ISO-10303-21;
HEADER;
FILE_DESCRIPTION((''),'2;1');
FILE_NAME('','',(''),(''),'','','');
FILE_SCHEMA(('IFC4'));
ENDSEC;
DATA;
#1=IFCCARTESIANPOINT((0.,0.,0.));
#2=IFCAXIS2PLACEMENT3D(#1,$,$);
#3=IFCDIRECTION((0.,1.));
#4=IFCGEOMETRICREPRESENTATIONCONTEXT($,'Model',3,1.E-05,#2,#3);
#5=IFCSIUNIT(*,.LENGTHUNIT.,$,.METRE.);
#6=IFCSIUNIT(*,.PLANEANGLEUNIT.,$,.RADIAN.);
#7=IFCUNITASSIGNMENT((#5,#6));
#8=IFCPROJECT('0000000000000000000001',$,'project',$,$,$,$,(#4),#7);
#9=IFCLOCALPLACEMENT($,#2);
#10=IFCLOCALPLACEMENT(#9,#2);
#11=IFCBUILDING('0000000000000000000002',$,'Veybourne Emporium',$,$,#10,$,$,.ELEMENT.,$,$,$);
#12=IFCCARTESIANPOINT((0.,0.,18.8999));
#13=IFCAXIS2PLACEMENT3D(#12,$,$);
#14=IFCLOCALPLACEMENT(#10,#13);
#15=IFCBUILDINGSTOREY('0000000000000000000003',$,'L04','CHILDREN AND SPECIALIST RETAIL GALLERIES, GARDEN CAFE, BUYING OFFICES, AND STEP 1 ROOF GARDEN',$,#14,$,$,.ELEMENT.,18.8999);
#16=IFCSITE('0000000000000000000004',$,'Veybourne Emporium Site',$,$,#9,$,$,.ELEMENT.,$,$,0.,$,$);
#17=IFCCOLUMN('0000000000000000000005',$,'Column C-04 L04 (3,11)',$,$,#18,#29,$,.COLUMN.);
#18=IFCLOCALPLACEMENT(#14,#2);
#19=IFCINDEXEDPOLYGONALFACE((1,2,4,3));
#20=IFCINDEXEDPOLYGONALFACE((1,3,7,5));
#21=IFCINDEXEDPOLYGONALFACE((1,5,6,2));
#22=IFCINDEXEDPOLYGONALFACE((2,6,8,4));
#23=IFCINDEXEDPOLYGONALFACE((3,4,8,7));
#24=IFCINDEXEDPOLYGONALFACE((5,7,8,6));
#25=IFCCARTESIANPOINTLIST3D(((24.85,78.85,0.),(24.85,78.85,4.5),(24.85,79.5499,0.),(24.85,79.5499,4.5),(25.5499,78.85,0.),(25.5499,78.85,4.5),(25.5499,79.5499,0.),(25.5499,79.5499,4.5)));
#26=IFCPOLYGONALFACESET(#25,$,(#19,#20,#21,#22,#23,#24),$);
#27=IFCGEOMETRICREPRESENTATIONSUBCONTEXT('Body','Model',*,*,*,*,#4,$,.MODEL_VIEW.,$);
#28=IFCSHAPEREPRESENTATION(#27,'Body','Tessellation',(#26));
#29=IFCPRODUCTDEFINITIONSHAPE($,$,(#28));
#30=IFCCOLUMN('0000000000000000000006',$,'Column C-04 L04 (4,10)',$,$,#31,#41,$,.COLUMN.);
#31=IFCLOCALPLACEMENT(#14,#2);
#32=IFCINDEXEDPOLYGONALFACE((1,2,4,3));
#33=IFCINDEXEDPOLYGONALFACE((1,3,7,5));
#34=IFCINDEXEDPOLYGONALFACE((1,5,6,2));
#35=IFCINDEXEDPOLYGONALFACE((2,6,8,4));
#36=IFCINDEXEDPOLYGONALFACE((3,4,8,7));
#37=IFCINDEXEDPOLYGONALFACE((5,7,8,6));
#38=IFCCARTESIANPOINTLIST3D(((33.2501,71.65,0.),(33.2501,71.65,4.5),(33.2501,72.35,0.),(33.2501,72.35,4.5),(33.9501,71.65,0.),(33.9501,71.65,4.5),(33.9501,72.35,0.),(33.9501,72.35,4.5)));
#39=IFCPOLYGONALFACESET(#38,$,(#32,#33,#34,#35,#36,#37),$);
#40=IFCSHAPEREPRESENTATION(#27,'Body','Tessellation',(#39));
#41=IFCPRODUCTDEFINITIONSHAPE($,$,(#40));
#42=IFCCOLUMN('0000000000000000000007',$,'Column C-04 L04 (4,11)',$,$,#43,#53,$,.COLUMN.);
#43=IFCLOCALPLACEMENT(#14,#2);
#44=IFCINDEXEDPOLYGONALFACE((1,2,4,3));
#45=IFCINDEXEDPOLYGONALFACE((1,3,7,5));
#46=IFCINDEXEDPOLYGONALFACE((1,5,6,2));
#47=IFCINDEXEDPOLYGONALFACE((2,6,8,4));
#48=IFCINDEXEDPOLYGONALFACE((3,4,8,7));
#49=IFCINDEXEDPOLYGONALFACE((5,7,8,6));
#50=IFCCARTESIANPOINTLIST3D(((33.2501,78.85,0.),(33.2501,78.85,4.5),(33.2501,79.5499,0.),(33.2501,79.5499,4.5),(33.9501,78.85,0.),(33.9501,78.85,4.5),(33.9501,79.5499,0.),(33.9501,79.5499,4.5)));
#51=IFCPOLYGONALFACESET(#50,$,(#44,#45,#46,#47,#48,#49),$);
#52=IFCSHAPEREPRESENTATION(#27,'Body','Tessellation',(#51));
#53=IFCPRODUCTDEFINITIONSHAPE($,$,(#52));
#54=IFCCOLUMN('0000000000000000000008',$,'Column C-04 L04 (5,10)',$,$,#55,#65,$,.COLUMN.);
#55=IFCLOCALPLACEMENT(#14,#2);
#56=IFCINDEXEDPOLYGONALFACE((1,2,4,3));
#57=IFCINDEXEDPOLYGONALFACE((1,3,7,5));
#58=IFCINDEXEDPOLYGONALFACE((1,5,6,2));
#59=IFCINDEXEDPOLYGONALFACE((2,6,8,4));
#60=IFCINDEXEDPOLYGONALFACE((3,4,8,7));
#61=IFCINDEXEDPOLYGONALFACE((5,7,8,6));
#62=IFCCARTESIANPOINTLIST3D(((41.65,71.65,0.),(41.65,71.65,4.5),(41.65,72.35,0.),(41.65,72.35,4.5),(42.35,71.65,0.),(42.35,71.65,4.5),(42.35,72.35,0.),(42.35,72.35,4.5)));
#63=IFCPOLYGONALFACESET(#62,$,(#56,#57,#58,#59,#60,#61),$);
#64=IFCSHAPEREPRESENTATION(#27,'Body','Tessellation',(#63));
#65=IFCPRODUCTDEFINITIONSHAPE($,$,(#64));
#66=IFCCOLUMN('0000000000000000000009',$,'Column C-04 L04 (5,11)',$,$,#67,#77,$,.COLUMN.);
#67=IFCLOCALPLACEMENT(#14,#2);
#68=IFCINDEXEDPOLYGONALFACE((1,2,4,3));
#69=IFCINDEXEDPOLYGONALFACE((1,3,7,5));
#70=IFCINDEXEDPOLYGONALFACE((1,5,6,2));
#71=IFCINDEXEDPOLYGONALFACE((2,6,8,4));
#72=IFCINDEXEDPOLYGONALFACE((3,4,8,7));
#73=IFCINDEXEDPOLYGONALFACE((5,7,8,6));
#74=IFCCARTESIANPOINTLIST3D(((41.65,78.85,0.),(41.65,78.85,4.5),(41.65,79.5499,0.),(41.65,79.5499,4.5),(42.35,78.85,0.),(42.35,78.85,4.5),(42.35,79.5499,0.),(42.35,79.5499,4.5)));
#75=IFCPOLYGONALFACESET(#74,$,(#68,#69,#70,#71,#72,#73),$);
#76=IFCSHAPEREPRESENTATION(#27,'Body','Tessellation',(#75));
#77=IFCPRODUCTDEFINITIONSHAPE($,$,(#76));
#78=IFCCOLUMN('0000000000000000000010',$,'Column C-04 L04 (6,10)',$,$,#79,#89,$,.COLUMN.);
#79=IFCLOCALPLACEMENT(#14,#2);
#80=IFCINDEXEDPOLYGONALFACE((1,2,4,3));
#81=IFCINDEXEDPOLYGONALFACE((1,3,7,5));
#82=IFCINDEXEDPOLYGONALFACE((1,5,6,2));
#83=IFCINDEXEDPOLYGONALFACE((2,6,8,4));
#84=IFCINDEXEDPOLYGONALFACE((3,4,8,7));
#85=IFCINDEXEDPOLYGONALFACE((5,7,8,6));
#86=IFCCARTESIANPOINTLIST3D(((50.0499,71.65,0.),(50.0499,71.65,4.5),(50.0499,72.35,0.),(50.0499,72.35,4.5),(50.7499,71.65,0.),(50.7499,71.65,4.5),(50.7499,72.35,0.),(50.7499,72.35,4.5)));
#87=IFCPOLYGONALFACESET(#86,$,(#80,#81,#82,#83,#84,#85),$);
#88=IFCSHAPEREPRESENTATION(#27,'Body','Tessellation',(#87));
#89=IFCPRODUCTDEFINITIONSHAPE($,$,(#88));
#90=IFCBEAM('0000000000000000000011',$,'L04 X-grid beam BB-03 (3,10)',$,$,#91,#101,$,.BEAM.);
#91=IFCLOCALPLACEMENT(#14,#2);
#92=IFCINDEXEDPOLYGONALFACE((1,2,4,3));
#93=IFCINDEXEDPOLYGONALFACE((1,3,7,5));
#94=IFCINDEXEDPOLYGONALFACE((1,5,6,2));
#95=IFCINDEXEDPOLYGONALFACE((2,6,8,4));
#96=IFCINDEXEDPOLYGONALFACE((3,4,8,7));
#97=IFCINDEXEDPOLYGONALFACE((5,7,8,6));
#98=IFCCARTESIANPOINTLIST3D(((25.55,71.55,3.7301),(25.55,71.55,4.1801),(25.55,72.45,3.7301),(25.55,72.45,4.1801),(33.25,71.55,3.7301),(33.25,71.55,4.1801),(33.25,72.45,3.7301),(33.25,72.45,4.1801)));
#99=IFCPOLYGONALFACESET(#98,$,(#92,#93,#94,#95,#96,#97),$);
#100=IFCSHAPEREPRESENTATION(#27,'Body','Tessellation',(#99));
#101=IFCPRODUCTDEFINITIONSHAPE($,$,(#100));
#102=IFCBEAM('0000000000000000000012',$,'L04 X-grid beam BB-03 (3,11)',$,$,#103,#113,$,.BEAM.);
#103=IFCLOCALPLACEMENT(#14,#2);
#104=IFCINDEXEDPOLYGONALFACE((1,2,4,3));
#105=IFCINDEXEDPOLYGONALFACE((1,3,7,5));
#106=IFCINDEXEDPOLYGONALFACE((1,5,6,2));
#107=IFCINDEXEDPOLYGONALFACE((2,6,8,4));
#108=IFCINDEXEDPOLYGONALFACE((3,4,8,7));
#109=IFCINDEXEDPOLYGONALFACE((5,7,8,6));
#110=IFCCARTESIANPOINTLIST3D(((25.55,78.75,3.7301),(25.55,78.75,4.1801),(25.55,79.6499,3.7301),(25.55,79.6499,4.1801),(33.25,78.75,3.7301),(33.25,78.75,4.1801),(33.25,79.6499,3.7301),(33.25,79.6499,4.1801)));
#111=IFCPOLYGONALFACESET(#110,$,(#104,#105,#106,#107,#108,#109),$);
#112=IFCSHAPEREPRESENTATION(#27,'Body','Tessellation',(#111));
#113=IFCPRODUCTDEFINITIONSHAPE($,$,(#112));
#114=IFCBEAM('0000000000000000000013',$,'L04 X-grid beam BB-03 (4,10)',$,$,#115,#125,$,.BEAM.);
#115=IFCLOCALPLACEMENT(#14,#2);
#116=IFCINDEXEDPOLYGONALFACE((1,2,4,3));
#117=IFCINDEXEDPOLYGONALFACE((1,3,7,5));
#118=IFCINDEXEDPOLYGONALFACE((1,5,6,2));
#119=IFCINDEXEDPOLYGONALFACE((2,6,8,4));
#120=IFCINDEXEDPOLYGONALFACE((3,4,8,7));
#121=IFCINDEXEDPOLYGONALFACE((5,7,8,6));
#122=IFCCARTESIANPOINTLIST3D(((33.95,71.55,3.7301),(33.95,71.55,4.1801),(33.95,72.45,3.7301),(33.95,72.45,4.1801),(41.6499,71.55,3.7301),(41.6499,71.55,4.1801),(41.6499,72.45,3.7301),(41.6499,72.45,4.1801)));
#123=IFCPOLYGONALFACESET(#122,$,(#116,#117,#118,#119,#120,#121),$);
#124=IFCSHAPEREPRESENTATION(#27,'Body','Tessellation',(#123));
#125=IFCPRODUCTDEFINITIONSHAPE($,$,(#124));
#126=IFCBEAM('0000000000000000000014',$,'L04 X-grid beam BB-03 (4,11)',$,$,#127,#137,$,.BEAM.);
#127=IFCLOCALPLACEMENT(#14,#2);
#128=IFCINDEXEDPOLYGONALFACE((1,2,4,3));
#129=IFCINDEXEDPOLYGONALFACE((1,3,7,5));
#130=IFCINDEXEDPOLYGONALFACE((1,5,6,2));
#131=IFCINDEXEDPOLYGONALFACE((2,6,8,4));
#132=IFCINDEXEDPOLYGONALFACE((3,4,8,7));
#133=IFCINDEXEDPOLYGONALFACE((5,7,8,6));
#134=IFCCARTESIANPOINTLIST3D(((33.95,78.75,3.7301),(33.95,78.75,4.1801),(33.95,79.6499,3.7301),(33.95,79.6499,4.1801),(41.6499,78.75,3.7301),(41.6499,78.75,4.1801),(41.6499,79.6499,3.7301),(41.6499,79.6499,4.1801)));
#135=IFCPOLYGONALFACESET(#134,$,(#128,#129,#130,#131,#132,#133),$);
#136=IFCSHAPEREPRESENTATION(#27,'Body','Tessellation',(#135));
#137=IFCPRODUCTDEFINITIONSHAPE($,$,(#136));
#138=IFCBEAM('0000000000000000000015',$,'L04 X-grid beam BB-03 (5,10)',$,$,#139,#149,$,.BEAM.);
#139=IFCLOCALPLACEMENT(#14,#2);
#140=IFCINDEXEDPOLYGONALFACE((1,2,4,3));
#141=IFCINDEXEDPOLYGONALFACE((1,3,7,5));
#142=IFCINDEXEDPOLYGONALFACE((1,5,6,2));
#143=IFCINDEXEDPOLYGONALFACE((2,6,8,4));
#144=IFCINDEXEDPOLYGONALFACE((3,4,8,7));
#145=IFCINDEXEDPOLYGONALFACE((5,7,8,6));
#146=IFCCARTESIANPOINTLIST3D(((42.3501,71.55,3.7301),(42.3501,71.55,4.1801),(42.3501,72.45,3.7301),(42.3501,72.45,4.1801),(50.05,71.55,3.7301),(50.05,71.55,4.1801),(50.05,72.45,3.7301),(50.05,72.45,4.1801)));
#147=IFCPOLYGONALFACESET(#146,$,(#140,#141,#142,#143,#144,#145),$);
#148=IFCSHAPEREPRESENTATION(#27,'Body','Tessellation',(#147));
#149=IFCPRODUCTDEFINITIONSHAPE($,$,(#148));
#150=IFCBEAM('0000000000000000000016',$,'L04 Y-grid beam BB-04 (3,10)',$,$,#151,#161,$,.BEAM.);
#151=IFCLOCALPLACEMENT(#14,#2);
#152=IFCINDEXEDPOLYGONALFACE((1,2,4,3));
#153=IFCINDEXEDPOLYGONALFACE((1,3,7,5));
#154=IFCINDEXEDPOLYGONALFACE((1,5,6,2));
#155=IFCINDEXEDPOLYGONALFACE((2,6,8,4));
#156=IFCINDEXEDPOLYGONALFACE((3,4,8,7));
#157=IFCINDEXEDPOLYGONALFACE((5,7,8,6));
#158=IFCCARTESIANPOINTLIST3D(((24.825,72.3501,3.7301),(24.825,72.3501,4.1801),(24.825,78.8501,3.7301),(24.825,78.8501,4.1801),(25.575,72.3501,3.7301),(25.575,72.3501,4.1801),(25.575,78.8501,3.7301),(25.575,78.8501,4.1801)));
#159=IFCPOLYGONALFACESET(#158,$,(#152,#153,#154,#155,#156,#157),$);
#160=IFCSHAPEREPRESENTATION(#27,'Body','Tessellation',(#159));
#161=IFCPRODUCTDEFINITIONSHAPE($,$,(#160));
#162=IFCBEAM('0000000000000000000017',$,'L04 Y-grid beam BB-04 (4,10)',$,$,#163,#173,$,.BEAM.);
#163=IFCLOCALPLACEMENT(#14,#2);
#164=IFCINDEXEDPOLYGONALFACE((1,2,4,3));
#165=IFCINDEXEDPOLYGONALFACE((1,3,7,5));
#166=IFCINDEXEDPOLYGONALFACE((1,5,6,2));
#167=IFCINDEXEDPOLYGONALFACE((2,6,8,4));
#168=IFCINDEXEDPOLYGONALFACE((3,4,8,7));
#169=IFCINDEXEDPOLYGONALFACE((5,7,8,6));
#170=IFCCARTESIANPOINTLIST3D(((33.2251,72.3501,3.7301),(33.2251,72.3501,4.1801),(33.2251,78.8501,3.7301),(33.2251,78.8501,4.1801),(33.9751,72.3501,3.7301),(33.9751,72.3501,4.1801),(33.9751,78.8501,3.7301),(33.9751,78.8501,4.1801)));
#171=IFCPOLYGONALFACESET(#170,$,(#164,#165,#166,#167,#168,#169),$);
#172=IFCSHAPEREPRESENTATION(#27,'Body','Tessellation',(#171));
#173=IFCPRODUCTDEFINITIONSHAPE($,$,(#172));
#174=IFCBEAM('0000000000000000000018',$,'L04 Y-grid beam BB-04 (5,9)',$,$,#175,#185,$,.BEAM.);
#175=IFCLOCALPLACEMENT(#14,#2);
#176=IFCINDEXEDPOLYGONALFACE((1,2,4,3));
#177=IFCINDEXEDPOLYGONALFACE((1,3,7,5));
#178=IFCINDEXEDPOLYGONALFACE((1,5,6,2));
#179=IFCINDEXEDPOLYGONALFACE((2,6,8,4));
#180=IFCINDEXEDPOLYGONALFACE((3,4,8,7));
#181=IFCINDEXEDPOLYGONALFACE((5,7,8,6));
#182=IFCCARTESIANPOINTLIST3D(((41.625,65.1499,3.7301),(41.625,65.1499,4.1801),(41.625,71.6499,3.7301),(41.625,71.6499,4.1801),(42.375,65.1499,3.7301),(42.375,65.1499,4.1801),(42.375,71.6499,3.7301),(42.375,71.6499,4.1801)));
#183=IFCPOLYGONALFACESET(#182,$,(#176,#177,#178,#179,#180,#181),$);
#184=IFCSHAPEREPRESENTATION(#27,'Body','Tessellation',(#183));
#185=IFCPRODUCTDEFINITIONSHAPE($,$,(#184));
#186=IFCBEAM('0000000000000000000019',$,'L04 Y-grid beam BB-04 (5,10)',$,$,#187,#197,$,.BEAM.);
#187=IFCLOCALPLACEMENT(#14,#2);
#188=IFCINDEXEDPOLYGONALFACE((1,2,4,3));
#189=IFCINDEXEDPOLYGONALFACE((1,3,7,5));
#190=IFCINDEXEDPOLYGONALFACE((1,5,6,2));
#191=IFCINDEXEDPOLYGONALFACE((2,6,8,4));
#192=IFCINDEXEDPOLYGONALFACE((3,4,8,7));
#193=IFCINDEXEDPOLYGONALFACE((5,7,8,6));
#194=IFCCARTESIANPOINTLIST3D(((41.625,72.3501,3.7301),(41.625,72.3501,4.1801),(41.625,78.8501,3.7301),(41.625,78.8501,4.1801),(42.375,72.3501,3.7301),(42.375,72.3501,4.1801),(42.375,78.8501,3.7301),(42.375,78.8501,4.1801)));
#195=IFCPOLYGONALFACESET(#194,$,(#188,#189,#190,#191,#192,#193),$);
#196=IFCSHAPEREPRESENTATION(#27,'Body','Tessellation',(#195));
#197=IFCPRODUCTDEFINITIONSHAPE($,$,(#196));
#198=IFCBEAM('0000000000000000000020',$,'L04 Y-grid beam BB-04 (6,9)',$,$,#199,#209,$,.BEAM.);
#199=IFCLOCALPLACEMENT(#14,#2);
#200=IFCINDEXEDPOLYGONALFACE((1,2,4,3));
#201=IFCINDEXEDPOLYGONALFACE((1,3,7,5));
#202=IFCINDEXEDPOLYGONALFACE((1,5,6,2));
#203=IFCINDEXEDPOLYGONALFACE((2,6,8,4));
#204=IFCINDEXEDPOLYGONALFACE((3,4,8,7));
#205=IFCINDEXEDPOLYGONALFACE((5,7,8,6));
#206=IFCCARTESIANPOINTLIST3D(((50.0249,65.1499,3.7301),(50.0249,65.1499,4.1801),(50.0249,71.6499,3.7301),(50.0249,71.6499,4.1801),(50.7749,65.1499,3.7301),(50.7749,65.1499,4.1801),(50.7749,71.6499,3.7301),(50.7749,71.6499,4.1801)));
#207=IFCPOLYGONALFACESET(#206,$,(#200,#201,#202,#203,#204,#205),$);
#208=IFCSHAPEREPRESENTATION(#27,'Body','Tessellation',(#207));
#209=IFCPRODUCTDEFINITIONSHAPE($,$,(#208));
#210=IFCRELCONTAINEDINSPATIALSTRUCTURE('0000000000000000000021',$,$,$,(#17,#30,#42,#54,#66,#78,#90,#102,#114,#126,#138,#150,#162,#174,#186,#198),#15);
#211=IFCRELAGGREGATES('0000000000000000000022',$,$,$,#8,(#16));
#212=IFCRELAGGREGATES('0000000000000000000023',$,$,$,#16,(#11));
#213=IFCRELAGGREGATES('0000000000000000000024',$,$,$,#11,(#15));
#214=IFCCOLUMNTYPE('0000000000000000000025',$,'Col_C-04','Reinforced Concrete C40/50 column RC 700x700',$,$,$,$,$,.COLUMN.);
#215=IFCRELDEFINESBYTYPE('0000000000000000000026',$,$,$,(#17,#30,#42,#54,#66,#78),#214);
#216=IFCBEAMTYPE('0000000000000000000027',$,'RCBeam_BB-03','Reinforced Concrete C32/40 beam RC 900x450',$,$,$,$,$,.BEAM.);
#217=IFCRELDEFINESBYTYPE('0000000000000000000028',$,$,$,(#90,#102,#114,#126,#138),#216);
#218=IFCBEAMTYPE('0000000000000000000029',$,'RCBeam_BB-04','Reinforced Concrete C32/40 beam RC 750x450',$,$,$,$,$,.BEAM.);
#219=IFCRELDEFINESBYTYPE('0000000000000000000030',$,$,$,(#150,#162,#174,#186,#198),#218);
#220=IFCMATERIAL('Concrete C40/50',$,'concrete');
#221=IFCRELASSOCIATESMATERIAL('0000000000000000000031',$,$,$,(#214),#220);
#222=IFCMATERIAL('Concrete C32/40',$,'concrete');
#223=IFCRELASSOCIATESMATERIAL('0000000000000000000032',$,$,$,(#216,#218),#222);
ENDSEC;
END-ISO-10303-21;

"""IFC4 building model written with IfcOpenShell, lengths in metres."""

from ifc_helpers import new_model, si_unit, direction, frame, origin, origin_2d, place, context, subcontext, project, spatial, rectangle, extrude, material, material_profile, profile_set, type_object, element, save


model = new_model("IFC4")

# Units and contexts
model_context = context("Model", 3, precision=1e-05, world=origin(), true_north=direction((0.0, 1.0)))
body_context = subcontext(model_context, "Body", "Model", "MODEL_VIEW")
ifc_project = project(units=[si_unit("LENGTHUNIT", "METRE"), si_unit("PLANEANGLEUNIT", "RADIAN")], contexts=[model_context])

# Site, building, storey
site_placement = place(None, origin())
site = spatial("IfcSite", under=ifc_project, at=site_placement, Name="Veybourne Emporium Site", CompositionType="ELEMENT", RefElevation=0.0)
building_placement = place(site_placement, origin())
building = spatial("IfcBuilding", under=site, at=building_placement, Name="Veybourne Emporium", CompositionType="ELEMENT")
storey_placement = place(building_placement, frame((0.0, 0.0, 18.8999)))
storey = spatial("IfcBuildingStorey", under=building, at=storey_placement, Name="L04", Description="CHILDREN AND SPECIALIST RETAIL GALLERIES, GARDEN CAFE, BUYING OFFICES, AND STEP 1 ROOF GARDEN", CompositionType="ELEMENT", Elevation=18.8999)

# Columns
ifc_material_1 = material(Name="Concrete C40/50", Category="concrete")
ifc_material_profile_1 = material_profile(ifc_material_1, rectangle(XDim=0.7, YDim=0.7, at=origin_2d()), Name="RC 700x700")
ifc_profile_set_1 = profile_set([ifc_material_profile_1], Name="Concrete C40/50")
column_type = type_object("IfcColumnType", Name="Col_C-04", Description="Reinforced Concrete C40/50 column RC 700x700", PredefinedType="COLUMN", material=ifc_profile_set_1)
for number, where, z_axis, x_axis, name in (
    (1, (25.2, 79.2, 0.0), (0.0, 0.0, 1.0), (1.0, 0.0, 0.0), "Column C-04 L04 (3,11)"),
    (2, (33.6001, 72.0, 0.0), (0.0, 0.0, 1.0), (1.0, 0.0, 0.0), "Column C-04 L04 (4,10)"),
    (3, (33.6001, 79.2, 0.0), (0.0, 0.0, 1.0), (1.0, 0.0, 0.0), "Column C-04 L04 (4,11)"),
    (4, (42.0, 72.0, 0.0), (0.0, 0.0, 1.0), (1.0, 0.0, 0.0), "Column C-04 L04 (5,10)"),
    (5, (42.0, 79.2, 0.0), (0.0, 0.0, 1.0), (1.0, 0.0, 0.0), "Column C-04 L04 (5,11)"),
    (6, (50.3999, 72.0, 0.0), (0.0, 0.0, 1.0), (1.0, 0.0, 0.0), "Column C-04 L04 (6,10)"),
):
    element("IfcColumn", number, at=place(storey_placement, frame(where, z_axis=z_axis, x_axis=x_axis)), inside=storey, type_object=column_type, Name=name, PredefinedType="COLUMN", context=body_context, shape_type="SweptSolid", body=[
        extrude(rectangle(XDim=0.7, YDim=0.7, at=origin_2d()), origin(), (0.0, 0.0, 1.0), 4.5),
    ])

# Beams
ifc_material_2 = material(Name="Concrete C32/40", Category="concrete")
ifc_material_profile_2 = material_profile(ifc_material_2, rectangle(XDim=0.8999, YDim=0.45, at=origin_2d()), Name="RC 900x450")
ifc_profile_set_2 = profile_set([ifc_material_profile_2], Name="Concrete C32/40")
beam_type_1 = type_object("IfcBeamType", Name="RCBeam_BB-03", Description="Reinforced Concrete C32/40 beam RC 900x450", PredefinedType="BEAM", material=ifc_profile_set_2)
for number, where, z_axis, x_axis, name in (
    (7, (25.55, 72.0, 3.9551), (1.0, 0.0, 0.0), (0.0, 1.0, 0.0), "L04 X-grid beam BB-03 (3,10)"),
    (8, (25.55, 79.2, 3.9551), (1.0, 0.0, 0.0), (0.0, 1.0, 0.0), "L04 X-grid beam BB-03 (3,11)"),
    (9, (33.95, 72.0, 3.9551), (1.0, 0.0, 0.0), (0.0, 1.0, 0.0), "L04 X-grid beam BB-03 (4,10)"),
    (10, (33.95, 79.2, 3.9551), (1.0, 0.0, 0.0), (0.0, 1.0, 0.0), "L04 X-grid beam BB-03 (4,11)"),
    (11, (42.3501, 72.0, 3.9551), (1.0, 0.0, 0.0), (0.0, 1.0, 0.0), "L04 X-grid beam BB-03 (5,10)"),
):
    element("IfcBeam", number, at=place(storey_placement, frame(where, z_axis=z_axis, x_axis=x_axis)), inside=storey, type_object=beam_type_1, Name=name, PredefinedType="BEAM", context=body_context, shape_type="SweptSolid", body=[
        extrude(rectangle(XDim=0.8999, YDim=0.45, at=origin_2d()), origin(), (0.0, 0.0, 1.0), 7.7),
    ])
ifc_material_profile_3 = material_profile(ifc_material_2, rectangle(XDim=0.75, YDim=0.45, at=origin_2d()), Name="RC 750x450")
ifc_profile_set_3 = profile_set([ifc_material_profile_3], Name="Concrete C32/40")
beam_type_2 = type_object("IfcBeamType", Name="RCBeam_BB-04", Description="Reinforced Concrete C32/40 beam RC 750x450", PredefinedType="BEAM", material=ifc_profile_set_3)
for number, where, z_axis, x_axis, name in (
    (12, (25.2, 72.3501, 3.9551), (0.0, 1.0, 0.0), (-1.0, 0.0, 0.0), "L04 Y-grid beam BB-04 (3,10)"),
    (13, (33.6001, 72.3501, 3.9551), (0.0, 1.0, 0.0), (-1.0, 0.0, 0.0), "L04 Y-grid beam BB-04 (4,10)"),
    (14, (42.0, 65.1499, 3.9551), (0.0, 1.0, 0.0), (-1.0, 0.0, 0.0), "L04 Y-grid beam BB-04 (5,9)"),
    (15, (42.0, 72.3501, 3.9551), (0.0, 1.0, 0.0), (-1.0, 0.0, 0.0), "L04 Y-grid beam BB-04 (5,10)"),
    (16, (50.3999, 65.1499, 3.9551), (0.0, 1.0, 0.0), (-1.0, 0.0, 0.0), "L04 Y-grid beam BB-04 (6,9)"),
):
    element("IfcBeam", number, at=place(storey_placement, frame(where, z_axis=z_axis, x_axis=x_axis)), inside=storey, type_object=beam_type_2, Name=name, PredefinedType="BEAM", context=body_context, shape_type="SweptSolid", body=[
        extrude(rectangle(XDim=0.75, YDim=0.45, at=origin_2d()), origin(), (0.0, 0.0, 1.0), 6.5),
    ])

save(model, "model.ifc")
